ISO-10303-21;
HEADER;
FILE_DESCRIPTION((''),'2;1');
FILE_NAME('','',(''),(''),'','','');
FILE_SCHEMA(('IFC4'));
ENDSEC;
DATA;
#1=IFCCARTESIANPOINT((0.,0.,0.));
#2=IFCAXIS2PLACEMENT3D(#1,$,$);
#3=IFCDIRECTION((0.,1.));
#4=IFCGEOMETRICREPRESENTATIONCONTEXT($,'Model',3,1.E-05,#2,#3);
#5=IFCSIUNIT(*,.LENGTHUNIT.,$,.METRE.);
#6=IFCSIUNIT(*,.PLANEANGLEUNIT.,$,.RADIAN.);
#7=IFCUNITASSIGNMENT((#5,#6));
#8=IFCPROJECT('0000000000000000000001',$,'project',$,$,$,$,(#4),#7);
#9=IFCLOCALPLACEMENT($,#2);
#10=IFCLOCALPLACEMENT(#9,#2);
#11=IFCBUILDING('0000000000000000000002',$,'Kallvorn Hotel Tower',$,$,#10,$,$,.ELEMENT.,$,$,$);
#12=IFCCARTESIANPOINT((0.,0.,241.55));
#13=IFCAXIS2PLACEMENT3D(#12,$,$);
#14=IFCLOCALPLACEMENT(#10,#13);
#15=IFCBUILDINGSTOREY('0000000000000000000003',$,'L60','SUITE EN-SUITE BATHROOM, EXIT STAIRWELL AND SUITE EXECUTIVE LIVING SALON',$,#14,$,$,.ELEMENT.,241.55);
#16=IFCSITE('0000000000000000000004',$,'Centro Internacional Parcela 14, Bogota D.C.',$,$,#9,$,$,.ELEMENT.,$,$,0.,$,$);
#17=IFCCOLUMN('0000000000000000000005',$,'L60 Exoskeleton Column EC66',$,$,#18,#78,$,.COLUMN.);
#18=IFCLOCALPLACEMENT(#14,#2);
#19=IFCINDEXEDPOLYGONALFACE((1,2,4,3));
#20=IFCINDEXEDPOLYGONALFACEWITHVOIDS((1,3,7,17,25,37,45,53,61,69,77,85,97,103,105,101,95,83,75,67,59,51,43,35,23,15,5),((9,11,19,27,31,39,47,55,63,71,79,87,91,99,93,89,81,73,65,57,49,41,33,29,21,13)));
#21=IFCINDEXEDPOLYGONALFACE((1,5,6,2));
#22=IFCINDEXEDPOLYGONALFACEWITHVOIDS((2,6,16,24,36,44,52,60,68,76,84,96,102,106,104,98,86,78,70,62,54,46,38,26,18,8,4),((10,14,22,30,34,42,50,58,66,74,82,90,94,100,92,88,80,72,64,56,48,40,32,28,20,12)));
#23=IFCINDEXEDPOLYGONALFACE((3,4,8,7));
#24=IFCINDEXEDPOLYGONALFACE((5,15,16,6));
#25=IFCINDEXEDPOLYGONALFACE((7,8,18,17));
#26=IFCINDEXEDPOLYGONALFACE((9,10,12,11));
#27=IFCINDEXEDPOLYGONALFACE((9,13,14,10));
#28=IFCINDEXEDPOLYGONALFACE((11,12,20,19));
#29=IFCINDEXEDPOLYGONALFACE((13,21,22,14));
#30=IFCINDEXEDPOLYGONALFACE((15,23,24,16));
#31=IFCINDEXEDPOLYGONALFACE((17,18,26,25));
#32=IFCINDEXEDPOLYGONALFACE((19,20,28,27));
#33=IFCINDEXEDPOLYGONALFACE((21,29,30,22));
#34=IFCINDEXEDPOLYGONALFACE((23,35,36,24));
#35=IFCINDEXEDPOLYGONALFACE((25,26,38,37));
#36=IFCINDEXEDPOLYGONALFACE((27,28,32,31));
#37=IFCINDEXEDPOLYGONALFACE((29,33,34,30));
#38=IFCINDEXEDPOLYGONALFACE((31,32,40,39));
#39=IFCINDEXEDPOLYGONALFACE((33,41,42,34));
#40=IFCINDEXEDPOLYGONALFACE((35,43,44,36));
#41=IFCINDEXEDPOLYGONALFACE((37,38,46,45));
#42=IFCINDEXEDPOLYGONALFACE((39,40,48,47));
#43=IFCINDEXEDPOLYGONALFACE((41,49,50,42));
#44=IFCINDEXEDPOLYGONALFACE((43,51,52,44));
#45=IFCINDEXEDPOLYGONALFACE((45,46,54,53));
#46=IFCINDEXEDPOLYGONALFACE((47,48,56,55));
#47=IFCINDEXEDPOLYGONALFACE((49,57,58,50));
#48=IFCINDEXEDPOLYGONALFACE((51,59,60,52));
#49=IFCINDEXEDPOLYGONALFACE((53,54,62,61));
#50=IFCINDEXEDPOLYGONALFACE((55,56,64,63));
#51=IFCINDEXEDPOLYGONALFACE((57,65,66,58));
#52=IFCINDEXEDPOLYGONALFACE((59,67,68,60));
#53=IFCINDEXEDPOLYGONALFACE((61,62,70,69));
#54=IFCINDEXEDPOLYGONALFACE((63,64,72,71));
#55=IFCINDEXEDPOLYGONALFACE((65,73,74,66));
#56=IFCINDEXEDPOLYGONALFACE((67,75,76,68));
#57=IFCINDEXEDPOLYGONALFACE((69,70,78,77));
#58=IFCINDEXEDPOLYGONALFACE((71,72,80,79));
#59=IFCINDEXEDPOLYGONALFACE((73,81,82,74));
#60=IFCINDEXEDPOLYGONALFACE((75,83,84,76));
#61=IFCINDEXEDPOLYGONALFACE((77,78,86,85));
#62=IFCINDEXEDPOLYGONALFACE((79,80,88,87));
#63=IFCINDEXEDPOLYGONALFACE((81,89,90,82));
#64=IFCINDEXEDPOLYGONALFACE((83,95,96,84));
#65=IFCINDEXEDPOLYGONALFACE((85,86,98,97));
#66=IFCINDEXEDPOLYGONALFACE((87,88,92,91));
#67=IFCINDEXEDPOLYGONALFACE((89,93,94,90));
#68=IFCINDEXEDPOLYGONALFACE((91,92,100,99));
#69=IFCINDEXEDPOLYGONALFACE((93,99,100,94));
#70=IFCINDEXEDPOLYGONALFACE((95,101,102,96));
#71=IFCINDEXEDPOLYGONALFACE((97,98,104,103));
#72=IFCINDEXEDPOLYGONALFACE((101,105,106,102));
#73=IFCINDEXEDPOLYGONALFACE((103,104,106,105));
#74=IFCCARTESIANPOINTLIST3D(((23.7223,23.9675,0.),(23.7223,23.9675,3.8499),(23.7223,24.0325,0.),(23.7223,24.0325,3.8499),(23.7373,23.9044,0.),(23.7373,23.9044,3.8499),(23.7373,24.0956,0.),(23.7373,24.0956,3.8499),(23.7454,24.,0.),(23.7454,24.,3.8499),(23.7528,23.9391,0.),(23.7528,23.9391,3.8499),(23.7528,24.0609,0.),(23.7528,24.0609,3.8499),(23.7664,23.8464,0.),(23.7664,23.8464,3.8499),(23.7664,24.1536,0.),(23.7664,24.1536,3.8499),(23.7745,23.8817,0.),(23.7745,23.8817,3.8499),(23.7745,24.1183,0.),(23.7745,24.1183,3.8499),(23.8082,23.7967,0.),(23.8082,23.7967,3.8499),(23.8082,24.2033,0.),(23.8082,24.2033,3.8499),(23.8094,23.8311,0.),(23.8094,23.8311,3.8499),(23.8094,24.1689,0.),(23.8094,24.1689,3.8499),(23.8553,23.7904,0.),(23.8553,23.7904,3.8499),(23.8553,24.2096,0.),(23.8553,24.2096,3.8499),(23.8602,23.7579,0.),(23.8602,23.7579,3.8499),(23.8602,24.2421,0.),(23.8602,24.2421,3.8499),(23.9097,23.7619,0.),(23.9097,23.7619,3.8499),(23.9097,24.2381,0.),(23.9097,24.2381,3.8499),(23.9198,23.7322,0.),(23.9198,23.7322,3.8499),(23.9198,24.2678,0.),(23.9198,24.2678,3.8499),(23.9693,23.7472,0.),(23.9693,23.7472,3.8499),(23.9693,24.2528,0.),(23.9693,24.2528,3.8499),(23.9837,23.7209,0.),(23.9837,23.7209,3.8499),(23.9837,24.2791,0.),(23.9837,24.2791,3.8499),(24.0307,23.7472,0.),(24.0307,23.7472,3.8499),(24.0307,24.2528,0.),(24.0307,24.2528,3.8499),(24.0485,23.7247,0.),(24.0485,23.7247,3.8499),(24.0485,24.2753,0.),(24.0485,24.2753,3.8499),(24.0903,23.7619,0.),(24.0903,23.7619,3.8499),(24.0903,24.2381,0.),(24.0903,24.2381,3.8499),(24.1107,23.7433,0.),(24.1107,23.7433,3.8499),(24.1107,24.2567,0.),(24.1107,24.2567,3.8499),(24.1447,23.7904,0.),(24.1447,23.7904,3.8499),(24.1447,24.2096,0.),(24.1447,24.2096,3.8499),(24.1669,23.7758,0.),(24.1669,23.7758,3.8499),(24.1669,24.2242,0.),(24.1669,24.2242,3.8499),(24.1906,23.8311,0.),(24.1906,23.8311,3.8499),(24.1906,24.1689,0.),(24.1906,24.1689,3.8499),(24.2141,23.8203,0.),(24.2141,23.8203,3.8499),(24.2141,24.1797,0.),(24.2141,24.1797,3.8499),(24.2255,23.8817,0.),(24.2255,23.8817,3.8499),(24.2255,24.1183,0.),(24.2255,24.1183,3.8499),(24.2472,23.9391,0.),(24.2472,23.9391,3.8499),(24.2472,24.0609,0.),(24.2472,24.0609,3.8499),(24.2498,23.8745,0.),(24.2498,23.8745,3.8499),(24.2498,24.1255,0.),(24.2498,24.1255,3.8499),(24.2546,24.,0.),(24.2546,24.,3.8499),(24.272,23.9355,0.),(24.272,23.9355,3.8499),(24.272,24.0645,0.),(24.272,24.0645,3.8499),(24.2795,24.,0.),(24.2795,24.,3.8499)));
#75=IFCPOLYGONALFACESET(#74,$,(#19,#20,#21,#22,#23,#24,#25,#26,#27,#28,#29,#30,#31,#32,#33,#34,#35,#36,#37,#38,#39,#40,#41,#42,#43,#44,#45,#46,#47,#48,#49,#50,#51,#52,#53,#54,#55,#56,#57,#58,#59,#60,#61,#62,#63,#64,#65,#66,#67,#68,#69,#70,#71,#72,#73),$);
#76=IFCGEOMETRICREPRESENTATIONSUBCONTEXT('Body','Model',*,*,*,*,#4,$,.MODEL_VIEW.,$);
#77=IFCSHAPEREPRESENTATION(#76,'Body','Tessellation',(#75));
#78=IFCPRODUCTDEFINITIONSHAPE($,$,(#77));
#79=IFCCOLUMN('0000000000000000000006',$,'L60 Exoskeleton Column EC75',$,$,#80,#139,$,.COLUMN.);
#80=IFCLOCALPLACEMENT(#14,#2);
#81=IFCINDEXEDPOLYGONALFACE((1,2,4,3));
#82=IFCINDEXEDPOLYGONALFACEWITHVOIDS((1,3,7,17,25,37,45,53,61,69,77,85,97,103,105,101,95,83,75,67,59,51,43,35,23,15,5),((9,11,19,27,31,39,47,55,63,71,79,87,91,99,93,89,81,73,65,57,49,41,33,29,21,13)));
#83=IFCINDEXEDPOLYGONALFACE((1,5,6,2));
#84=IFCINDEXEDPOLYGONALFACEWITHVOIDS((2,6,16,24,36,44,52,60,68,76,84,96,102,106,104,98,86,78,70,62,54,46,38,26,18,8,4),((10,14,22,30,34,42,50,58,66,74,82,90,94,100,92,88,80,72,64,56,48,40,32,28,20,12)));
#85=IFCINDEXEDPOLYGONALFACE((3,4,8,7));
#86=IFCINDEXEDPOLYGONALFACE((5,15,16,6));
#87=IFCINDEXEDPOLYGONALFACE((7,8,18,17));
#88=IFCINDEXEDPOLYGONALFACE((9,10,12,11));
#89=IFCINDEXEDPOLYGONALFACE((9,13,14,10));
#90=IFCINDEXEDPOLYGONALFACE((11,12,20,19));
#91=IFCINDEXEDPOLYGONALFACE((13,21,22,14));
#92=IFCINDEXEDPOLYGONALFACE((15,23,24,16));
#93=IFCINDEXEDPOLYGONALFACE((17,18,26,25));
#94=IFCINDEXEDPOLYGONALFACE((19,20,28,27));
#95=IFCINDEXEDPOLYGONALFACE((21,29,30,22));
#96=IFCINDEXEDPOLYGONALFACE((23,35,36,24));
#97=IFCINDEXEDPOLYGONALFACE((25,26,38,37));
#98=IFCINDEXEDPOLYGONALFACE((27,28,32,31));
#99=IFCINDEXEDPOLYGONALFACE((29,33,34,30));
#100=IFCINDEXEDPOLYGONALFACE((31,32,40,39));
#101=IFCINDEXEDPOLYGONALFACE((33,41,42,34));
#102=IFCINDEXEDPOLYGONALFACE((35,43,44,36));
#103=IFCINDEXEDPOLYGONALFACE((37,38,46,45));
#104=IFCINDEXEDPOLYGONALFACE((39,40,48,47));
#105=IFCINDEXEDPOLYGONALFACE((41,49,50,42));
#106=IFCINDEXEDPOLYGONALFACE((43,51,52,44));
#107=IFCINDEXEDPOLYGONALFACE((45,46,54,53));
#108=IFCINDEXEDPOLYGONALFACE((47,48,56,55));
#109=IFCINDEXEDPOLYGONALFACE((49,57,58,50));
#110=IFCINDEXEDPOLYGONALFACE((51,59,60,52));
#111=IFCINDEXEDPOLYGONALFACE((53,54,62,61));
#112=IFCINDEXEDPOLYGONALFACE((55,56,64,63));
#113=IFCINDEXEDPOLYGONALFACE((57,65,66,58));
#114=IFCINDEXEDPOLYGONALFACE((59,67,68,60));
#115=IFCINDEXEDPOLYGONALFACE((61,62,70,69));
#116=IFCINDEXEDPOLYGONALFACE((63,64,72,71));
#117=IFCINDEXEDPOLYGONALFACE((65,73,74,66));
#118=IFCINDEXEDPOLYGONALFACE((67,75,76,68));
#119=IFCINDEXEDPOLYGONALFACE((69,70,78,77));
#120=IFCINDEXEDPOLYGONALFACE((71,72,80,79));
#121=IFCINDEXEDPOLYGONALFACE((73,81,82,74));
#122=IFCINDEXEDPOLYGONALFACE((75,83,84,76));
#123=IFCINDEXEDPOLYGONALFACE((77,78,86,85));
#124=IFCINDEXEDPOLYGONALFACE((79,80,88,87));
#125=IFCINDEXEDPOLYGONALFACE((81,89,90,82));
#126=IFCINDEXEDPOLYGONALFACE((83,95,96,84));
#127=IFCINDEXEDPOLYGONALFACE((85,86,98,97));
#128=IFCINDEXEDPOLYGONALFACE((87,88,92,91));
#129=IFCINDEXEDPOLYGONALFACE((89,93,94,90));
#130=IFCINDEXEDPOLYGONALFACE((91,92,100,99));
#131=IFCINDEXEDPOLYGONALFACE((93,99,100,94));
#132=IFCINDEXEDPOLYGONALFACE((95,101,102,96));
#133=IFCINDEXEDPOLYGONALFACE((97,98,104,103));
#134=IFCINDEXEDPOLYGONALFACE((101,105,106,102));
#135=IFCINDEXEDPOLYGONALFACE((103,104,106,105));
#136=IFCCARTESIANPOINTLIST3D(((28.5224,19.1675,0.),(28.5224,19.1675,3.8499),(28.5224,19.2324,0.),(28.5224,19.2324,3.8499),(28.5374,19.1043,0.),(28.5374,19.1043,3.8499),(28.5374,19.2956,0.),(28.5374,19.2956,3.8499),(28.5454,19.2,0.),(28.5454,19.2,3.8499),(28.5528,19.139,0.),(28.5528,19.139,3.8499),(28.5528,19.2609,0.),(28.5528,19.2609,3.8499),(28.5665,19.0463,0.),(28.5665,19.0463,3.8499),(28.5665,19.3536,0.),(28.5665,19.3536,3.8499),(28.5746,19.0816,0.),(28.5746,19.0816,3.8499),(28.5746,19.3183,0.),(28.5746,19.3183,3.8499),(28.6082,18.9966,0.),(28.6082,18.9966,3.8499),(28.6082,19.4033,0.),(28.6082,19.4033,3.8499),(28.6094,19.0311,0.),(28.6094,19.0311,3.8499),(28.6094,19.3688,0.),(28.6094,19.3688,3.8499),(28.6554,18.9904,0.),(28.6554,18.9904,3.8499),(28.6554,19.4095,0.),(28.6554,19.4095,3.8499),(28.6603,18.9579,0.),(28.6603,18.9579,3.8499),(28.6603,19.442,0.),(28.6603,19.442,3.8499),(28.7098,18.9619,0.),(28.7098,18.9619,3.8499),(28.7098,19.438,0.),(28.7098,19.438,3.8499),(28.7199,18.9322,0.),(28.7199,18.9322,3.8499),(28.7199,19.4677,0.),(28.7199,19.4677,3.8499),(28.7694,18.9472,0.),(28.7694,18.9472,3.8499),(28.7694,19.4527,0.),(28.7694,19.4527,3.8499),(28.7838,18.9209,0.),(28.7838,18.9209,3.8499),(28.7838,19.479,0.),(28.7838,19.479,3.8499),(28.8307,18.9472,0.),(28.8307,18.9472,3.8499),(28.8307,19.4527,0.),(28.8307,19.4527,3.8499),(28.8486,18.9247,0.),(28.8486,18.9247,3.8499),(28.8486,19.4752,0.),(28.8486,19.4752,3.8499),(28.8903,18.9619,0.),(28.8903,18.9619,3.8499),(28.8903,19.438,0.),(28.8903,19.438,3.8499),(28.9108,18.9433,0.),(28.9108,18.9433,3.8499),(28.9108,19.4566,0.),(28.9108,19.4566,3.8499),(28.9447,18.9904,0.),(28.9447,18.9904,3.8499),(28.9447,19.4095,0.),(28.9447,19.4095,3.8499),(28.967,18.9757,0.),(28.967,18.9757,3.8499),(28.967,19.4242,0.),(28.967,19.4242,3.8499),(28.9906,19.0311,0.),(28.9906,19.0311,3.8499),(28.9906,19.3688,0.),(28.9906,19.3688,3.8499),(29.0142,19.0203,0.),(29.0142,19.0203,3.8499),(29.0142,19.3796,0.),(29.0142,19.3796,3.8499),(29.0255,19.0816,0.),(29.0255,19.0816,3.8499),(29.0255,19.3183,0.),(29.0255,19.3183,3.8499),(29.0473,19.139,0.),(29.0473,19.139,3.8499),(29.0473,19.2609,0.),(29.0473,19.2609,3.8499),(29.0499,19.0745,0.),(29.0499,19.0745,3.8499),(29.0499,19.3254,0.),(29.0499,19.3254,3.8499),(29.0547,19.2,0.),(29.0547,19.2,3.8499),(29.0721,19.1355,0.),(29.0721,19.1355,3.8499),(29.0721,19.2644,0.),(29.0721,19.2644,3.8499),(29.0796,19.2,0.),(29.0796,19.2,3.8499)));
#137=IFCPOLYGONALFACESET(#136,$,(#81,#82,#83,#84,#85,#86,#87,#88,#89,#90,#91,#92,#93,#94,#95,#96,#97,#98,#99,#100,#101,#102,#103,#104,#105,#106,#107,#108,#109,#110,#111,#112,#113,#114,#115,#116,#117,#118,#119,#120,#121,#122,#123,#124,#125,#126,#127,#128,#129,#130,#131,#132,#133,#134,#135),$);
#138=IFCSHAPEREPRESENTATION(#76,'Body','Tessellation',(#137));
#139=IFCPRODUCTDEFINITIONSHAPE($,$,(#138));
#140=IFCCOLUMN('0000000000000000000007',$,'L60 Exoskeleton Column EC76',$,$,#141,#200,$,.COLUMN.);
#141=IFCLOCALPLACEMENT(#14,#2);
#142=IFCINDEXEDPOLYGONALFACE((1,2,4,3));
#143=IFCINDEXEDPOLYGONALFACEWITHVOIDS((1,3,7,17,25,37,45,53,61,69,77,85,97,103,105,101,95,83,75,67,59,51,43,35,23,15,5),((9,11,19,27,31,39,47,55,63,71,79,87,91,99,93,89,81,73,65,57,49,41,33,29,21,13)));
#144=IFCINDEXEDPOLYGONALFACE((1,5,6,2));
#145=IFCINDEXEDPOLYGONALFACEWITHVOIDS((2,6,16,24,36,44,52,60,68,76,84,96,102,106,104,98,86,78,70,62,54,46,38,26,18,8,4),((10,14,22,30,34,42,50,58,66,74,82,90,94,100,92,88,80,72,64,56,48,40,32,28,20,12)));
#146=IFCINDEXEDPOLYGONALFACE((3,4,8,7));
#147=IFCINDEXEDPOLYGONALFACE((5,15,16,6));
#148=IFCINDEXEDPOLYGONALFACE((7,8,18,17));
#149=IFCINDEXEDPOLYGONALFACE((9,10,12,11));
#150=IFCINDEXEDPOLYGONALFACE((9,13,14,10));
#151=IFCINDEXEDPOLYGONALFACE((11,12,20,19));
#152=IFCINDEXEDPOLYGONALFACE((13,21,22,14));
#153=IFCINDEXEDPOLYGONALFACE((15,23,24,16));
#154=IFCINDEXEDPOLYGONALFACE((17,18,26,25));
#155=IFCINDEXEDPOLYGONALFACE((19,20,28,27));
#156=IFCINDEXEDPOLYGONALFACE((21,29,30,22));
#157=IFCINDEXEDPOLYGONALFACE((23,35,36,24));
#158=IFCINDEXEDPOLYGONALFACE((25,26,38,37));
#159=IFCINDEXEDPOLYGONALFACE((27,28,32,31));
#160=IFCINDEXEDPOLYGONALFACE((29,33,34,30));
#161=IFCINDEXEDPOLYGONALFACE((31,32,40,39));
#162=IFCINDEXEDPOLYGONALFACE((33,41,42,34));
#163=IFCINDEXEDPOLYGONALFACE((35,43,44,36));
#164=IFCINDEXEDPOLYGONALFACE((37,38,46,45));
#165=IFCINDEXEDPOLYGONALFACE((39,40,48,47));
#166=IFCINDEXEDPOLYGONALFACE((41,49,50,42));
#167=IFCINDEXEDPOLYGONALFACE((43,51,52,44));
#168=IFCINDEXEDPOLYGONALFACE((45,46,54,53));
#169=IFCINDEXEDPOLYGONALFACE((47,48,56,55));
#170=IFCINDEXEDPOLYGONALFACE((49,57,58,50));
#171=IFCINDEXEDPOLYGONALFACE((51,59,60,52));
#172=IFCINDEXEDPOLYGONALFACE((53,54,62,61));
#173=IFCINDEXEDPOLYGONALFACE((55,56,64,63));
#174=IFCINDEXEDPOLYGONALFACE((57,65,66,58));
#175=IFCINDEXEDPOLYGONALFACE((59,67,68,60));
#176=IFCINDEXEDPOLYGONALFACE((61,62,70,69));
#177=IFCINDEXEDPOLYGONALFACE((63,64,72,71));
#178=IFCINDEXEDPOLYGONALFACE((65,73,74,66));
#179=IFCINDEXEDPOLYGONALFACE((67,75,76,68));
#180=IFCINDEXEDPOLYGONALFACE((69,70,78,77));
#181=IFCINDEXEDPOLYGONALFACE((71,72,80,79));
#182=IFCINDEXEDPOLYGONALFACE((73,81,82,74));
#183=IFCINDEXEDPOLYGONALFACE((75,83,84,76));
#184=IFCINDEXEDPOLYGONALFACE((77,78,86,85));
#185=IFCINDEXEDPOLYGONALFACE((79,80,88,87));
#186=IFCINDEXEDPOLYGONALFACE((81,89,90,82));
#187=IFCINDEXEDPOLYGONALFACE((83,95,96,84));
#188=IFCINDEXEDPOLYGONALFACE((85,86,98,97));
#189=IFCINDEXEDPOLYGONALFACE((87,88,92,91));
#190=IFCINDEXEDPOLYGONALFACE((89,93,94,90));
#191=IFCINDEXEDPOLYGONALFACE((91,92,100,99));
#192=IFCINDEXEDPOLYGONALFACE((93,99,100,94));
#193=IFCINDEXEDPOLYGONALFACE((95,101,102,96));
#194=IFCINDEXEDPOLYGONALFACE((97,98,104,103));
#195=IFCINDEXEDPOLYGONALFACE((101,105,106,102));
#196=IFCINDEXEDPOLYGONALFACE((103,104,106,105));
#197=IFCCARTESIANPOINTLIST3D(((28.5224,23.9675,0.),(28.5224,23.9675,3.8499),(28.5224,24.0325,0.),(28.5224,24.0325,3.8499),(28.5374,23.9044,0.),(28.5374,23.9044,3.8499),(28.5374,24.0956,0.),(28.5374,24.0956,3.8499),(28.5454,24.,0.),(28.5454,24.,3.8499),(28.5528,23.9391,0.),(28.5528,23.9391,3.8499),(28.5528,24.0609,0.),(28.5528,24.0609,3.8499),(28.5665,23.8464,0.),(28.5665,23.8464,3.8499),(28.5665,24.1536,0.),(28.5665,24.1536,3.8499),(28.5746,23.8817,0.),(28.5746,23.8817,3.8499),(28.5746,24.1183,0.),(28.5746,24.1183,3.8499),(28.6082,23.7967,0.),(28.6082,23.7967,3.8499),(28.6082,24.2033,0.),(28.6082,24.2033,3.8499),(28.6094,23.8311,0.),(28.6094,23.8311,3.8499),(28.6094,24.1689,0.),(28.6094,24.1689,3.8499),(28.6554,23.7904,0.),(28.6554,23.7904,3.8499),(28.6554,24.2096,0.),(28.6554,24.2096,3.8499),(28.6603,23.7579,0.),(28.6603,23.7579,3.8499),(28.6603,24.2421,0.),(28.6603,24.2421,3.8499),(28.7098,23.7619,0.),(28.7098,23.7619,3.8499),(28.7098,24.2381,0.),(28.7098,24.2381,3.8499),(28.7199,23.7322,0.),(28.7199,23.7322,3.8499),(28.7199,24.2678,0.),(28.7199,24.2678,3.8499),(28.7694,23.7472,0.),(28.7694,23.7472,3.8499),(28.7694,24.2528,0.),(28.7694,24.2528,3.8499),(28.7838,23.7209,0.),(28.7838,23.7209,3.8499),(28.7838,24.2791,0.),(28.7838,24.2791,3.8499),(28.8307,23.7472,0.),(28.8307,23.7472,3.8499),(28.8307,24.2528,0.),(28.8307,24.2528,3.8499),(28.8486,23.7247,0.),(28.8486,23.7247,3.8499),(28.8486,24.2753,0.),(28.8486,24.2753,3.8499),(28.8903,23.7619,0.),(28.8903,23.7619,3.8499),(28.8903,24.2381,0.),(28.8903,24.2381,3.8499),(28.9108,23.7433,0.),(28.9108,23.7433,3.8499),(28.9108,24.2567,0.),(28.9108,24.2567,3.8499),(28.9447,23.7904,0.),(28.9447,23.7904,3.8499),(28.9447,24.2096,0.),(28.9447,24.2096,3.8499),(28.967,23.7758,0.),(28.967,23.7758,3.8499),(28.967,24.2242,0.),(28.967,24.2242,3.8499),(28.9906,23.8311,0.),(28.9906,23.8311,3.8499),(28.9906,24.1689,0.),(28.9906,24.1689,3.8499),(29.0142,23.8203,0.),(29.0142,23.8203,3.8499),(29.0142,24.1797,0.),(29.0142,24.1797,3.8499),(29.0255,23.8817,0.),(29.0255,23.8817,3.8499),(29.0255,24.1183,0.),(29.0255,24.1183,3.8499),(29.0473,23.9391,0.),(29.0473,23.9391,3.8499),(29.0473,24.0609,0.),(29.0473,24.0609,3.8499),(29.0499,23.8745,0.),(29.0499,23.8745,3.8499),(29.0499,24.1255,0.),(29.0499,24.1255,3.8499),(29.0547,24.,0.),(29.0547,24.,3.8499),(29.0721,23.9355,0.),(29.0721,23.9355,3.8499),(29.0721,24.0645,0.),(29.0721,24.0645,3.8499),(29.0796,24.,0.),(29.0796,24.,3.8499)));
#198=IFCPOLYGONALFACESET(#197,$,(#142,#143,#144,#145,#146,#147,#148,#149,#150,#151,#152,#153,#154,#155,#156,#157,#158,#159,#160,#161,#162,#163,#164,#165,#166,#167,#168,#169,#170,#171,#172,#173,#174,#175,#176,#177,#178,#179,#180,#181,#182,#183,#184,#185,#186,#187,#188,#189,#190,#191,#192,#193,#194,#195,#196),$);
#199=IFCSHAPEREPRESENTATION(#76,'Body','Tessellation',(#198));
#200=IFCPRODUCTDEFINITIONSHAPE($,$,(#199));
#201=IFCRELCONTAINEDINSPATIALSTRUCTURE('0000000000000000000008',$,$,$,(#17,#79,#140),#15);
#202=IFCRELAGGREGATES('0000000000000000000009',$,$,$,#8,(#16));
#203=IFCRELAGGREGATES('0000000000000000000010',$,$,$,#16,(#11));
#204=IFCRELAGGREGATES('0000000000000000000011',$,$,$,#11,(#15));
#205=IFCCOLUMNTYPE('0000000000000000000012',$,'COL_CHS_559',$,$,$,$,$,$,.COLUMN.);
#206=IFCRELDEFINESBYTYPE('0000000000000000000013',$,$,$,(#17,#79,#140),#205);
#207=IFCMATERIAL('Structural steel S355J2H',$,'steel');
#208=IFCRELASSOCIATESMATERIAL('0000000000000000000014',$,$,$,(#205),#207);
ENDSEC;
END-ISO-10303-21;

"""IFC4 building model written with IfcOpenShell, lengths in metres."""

from ifc_helpers import new_model, si_unit, direction, frame, origin, origin_2d, place, context, subcontext, project, spatial, hollow_circle, extrude, material, material_profile, profile_set, type_object, element, save


model = new_model("IFC4")

# Units and contexts
model_context = context("Model", 3, precision=1e-05, world=origin(), true_north=direction((0.0, 1.0)))
body_context = subcontext(model_context, "Body", "Model", "MODEL_VIEW")
ifc_project = project(units=[si_unit("LENGTHUNIT", "METRE"), si_unit("PLANEANGLEUNIT", "RADIAN")], contexts=[model_context])

# Site, building, storey
site_placement = place(None, origin())
site = spatial("IfcSite", under=ifc_project, at=site_placement, Name="Centro Internacional Parcela 14, Bogota D.C.", CompositionType="ELEMENT", RefElevation=0.0)
building_placement = place(site_placement, origin())
building = spatial("IfcBuilding", under=site, at=building_placement, Name="Kallvorn Hotel Tower", CompositionType="ELEMENT")
storey_placement = place(building_placement, frame((0.0, 0.0, 241.55)))
storey = spatial("IfcBuildingStorey", under=building, at=storey_placement, Name="L60", Description="SUITE EN-SUITE BATHROOM, EXIT STAIRWELL AND SUITE EXECUTIVE LIVING SALON", CompositionType="ELEMENT", Elevation=241.55)

# Columns
ifc_material_1 = material(Name="Structural steel S355J2H", Category="steel")
ifc_material_profile_1 = material_profile(ifc_material_1, hollow_circle(Radius=0.2795, WallThickness=0.0249, at=origin_2d()), Name="CHS 559x25")
ifc_profile_set_1 = profile_set([ifc_material_profile_1], Name="Structural steel S355J2H")
column_type = type_object("IfcColumnType", Name="COL_CHS_559", PredefinedType="COLUMN", material=ifc_profile_set_1)
for number, where, z_axis, x_axis, name in (
    (1, (24.0, 24.0, 0.0), (0.0, 0.0, 1.0), (1.0, 0.0, 0.0), "L60 Exoskeleton Column EC66"),
    (2, (28.8, 19.2, 0.0), (0.0, 0.0, 1.0), (1.0, 0.0, 0.0), "L60 Exoskeleton Column EC75"),
    (3, (28.8, 24.0, 0.0), (0.0, 0.0, 1.0), (1.0, 0.0, 0.0), "L60 Exoskeleton Column EC76"),
):
    element("IfcColumn", number, at=place(storey_placement, frame(where, z_axis=z_axis, x_axis=x_axis)), inside=storey, type_object=column_type, Name=name, PredefinedType="COLUMN", context=body_context, shape_type="SweptSolid", body=[
        extrude(hollow_circle(Radius=0.2795, WallThickness=0.0249, at=origin_2d()), origin(), (0.0, 0.0, 1.0), 3.8499),
    ])

save(model, "model.ifc")
